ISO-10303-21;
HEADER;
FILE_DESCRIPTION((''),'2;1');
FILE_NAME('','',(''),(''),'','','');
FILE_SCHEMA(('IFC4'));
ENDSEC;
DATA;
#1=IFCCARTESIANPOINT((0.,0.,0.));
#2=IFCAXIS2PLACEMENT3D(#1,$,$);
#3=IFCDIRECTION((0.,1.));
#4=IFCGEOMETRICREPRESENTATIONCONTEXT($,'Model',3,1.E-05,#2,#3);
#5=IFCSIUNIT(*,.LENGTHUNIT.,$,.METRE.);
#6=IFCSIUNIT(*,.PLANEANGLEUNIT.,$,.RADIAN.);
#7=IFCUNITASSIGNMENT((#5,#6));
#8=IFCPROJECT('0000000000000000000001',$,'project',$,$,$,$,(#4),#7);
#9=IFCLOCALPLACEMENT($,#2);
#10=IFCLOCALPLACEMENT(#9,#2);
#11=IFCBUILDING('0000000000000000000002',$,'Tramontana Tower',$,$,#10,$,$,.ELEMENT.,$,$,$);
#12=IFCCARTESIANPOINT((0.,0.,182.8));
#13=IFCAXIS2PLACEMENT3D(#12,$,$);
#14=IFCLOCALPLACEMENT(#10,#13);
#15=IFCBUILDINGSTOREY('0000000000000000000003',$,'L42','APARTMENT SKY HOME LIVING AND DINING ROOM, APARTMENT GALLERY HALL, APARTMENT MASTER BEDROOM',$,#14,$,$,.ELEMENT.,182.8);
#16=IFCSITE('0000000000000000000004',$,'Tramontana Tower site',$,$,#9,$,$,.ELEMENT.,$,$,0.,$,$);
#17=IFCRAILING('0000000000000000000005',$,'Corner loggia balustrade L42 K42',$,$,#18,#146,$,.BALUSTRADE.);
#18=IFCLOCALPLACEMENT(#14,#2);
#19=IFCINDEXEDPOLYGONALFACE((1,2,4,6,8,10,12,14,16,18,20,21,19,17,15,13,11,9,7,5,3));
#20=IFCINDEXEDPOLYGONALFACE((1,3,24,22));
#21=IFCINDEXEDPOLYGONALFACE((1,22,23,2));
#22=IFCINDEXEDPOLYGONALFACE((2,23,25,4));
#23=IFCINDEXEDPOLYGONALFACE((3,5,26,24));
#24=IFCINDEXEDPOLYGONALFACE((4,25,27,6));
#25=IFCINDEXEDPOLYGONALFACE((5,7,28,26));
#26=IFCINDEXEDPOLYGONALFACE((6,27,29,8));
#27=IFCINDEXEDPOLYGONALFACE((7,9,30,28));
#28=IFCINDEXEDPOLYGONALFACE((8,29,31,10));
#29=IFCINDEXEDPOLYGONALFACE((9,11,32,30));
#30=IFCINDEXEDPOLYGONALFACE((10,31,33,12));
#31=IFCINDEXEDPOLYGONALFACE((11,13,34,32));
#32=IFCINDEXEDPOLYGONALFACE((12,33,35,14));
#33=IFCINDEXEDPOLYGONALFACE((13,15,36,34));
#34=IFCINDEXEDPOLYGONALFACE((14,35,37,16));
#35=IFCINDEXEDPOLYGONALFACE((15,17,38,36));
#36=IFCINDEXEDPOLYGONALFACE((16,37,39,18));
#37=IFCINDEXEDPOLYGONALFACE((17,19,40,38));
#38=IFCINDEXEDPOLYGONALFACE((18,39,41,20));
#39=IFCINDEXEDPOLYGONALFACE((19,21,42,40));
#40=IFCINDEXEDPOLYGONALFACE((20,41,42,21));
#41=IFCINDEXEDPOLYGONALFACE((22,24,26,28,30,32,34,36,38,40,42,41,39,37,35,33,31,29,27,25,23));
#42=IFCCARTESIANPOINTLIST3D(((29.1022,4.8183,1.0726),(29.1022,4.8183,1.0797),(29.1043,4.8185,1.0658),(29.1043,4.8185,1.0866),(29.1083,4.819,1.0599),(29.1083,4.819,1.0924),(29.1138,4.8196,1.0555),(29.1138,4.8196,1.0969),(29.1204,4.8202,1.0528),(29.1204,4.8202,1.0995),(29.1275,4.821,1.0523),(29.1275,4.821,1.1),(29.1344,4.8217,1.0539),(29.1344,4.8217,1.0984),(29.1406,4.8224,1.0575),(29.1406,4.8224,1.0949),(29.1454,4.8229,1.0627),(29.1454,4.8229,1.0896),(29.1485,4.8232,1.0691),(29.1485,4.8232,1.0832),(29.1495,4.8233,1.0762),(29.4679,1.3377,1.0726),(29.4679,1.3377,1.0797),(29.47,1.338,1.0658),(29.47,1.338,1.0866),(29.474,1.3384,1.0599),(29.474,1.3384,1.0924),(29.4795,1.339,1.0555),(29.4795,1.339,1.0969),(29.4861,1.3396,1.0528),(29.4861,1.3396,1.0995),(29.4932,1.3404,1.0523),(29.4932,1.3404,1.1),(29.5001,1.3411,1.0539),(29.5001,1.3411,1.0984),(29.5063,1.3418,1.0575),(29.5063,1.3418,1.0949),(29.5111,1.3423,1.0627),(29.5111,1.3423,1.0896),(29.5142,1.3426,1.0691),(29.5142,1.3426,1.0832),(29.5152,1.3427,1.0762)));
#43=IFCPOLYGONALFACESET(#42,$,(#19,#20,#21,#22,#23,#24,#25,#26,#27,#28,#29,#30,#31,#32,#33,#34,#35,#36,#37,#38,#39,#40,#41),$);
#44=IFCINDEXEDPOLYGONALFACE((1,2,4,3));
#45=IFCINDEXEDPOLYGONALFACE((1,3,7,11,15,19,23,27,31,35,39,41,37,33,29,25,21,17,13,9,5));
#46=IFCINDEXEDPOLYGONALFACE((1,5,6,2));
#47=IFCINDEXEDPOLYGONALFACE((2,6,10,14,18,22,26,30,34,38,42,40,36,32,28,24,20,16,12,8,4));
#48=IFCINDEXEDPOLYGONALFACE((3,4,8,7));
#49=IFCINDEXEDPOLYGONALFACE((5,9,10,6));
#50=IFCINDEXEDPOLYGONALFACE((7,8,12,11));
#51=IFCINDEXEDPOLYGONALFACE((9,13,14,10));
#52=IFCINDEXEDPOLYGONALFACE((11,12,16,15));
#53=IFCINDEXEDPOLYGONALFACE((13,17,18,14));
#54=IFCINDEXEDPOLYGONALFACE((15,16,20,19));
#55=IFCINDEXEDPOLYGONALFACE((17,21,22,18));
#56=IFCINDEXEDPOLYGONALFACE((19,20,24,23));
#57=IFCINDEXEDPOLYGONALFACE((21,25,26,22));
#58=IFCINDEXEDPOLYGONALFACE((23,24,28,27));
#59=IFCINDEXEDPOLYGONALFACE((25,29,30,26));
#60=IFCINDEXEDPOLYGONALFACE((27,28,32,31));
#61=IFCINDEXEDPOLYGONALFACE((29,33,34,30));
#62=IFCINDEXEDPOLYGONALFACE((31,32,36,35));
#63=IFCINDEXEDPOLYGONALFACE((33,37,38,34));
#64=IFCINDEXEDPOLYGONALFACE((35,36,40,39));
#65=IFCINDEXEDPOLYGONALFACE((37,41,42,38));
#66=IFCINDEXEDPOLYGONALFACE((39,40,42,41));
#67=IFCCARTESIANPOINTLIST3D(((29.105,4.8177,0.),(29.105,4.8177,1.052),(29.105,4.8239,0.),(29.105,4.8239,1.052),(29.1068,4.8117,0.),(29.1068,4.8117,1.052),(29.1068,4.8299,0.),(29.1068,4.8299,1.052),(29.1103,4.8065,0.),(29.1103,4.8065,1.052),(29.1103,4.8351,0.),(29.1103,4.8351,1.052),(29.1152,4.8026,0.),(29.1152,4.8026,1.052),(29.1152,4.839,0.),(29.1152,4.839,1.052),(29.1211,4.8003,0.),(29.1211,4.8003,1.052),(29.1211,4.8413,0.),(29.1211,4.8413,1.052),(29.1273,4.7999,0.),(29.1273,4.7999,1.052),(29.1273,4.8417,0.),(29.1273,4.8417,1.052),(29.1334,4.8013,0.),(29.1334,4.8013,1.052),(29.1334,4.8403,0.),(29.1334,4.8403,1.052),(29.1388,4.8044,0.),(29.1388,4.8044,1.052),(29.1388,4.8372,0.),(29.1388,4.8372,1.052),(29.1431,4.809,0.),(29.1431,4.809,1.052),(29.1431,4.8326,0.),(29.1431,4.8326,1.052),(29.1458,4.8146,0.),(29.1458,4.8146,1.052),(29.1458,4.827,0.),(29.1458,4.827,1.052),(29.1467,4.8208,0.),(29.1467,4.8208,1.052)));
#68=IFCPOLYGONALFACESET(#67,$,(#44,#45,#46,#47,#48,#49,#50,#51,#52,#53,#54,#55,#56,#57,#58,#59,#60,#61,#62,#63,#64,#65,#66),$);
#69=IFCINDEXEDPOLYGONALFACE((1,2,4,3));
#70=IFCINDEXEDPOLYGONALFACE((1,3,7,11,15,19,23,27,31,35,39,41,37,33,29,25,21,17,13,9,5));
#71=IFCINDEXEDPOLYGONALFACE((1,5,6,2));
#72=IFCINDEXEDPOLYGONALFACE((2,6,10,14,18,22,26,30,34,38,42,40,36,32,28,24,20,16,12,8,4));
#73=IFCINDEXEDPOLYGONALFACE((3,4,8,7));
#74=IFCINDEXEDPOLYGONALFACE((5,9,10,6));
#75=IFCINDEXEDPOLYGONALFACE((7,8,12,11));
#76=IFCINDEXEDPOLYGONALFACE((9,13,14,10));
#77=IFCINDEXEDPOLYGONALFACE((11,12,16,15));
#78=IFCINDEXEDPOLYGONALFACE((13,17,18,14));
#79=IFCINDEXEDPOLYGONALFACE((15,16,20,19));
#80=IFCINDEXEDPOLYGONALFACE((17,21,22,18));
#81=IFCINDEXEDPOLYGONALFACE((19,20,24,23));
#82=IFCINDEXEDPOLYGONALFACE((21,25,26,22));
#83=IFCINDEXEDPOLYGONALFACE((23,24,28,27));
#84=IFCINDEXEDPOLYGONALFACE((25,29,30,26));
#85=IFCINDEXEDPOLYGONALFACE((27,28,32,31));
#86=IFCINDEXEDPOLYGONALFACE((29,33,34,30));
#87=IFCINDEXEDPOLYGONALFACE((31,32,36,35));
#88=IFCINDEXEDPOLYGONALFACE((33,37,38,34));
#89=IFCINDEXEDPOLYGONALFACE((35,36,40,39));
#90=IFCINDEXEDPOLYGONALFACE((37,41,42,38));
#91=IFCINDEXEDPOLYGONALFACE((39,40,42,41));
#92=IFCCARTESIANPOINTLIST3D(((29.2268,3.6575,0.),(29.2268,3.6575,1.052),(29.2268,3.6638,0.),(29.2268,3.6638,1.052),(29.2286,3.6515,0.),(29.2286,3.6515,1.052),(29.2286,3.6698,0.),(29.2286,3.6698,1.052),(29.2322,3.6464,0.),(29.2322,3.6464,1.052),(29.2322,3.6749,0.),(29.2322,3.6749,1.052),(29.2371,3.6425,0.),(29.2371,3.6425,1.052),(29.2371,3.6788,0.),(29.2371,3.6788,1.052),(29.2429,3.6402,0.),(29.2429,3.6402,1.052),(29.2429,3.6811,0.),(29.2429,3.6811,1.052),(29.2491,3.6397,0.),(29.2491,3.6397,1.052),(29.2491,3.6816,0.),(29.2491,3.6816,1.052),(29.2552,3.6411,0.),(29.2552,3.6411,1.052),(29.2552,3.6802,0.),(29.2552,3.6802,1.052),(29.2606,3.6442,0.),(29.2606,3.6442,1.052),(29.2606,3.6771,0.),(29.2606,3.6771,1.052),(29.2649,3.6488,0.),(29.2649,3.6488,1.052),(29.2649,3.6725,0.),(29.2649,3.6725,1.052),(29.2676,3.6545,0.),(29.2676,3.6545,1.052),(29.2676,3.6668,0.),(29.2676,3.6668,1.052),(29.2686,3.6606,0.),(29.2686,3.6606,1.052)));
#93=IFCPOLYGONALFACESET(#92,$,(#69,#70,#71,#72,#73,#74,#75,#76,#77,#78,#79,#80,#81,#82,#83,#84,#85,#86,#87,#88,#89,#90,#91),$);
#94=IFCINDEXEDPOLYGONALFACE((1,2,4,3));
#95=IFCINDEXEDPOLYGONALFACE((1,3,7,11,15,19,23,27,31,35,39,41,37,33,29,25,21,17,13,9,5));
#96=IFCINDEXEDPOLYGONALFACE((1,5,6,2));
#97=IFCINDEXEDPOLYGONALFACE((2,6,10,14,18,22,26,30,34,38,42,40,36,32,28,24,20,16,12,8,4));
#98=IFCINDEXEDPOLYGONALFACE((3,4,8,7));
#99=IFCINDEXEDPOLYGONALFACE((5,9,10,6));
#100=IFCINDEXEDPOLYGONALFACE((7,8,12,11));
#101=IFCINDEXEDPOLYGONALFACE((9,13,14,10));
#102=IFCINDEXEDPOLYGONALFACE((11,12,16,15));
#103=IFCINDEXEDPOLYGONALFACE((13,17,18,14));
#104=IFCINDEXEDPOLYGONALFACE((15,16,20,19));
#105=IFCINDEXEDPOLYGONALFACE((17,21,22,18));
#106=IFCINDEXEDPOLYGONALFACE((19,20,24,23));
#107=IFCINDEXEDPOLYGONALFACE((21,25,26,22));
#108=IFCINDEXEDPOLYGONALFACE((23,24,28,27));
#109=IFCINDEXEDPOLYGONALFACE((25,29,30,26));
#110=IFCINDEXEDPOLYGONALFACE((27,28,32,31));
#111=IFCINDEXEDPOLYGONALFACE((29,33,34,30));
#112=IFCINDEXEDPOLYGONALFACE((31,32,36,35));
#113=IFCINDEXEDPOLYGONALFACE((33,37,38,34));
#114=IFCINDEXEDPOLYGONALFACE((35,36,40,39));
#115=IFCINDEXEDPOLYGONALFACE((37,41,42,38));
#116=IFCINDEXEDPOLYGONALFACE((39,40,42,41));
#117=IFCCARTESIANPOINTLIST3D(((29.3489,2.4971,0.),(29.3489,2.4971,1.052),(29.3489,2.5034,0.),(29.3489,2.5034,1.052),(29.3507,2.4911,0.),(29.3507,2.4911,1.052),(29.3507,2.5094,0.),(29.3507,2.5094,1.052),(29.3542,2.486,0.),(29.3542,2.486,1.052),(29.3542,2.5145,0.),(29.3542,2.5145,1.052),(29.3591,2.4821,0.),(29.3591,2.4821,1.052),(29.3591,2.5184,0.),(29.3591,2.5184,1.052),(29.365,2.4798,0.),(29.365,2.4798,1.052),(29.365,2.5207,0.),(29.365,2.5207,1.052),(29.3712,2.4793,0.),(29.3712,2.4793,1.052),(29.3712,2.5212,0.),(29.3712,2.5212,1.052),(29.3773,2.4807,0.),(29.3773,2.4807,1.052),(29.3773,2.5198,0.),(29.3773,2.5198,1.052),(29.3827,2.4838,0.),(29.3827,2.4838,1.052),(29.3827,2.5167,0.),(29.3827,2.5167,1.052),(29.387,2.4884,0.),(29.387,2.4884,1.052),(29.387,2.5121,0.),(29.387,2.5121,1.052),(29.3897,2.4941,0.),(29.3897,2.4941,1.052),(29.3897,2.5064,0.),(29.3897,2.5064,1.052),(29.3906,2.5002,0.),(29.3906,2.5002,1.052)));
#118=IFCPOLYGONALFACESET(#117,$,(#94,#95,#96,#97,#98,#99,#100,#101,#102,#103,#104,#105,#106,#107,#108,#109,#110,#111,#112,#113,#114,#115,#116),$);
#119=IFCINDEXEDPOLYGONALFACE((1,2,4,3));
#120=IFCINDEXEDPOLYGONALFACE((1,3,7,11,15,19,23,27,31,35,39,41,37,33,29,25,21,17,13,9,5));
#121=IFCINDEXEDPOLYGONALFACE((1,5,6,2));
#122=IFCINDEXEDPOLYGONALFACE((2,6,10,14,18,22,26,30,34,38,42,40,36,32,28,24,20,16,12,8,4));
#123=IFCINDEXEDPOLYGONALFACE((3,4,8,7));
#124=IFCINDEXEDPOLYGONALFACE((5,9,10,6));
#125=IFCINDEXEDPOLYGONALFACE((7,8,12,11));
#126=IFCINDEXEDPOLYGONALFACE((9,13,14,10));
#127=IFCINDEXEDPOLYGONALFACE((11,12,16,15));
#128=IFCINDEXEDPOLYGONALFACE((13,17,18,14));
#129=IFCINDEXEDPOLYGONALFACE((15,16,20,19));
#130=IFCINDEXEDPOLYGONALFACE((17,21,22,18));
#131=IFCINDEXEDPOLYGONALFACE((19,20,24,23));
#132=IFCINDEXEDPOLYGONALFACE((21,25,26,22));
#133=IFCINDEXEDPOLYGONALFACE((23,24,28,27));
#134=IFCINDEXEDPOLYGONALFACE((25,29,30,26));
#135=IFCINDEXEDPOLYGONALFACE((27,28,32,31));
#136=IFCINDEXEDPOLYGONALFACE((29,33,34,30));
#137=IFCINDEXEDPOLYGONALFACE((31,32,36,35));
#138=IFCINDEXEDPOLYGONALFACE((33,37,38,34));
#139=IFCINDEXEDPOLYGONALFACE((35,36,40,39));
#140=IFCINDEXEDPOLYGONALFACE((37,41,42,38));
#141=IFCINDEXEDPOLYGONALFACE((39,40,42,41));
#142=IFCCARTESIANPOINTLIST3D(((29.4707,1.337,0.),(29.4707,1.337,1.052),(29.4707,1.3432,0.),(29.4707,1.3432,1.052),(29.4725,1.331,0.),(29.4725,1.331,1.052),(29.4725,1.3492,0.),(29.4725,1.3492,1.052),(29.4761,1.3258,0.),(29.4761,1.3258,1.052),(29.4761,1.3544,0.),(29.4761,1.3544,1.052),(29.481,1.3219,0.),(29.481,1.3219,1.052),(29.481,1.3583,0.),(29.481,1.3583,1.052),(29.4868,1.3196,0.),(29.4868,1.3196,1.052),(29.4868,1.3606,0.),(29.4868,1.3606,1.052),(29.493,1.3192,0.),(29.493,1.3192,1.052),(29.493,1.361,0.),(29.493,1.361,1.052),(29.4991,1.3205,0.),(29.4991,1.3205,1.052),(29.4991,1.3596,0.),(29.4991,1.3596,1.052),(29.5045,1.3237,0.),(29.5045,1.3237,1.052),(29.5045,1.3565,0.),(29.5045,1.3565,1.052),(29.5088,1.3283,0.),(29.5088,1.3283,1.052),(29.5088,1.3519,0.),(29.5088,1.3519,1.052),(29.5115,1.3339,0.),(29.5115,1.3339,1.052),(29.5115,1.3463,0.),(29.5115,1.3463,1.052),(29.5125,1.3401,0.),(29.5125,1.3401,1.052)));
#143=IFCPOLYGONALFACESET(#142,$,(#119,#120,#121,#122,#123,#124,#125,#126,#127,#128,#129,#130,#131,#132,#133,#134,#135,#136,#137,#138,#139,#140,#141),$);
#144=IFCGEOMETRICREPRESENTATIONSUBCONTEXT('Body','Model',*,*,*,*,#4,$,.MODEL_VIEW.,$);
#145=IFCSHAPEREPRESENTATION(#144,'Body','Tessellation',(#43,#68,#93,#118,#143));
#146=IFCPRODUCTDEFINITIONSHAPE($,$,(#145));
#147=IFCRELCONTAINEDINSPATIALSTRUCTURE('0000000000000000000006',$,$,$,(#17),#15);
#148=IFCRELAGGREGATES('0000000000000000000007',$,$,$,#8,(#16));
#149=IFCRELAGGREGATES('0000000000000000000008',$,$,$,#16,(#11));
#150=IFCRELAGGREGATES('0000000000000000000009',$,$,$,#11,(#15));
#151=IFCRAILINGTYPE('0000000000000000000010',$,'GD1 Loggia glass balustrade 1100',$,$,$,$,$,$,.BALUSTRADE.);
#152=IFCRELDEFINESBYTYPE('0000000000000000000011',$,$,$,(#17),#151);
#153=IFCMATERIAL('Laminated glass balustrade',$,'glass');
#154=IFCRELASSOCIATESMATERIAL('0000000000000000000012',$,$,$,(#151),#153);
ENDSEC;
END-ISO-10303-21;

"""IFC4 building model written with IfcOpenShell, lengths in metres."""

from ifc_helpers import new_model, si_unit, direction, frame, origin, origin_2d, place, context, subcontext, project, spatial, circle, extrude, material, type_object, element, save


model = new_model("IFC4")

# Units and contexts
model_context = context("Model", 3, precision=1e-05, world=origin(), true_north=direction((0.0, 1.0)))
body_context = subcontext(model_context, "Body", "Model", "MODEL_VIEW")
ifc_project = project(units=[si_unit("LENGTHUNIT", "METRE"), si_unit("PLANEANGLEUNIT", "RADIAN")], contexts=[model_context])

# Site, building, storey
site_placement = place(None, origin())
site = spatial("IfcSite", under=ifc_project, at=site_placement, Name="Tramontana Tower site", CompositionType="ELEMENT", RefElevation=0.0)
building_placement = place(site_placement, origin())
building = spatial("IfcBuilding", under=site, at=building_placement, Name="Tramontana Tower", CompositionType="ELEMENT")
storey_placement = place(building_placement, frame((0.0, 0.0, 182.8)))
storey = spatial("IfcBuildingStorey", under=building, at=storey_placement, Name="L42", Description="APARTMENT SKY HOME LIVING AND DINING ROOM, APARTMENT GALLERY HALL, APARTMENT MASTER BEDROOM", CompositionType="ELEMENT", Elevation=182.8)

# Railing
ifc_material_1 = material(Name="Laminated glass balustrade", Category="glass")
railing_type = type_object("IfcRailingType", Name="GD1 Loggia glass balustrade 1100", PredefinedType="BALUSTRADE", material=ifc_material_1)
railing_1_placement = place(storey_placement, frame((29.1257, 4.8208, 0.0)))
element("IfcRailing", 1, at=railing_1_placement, inside=storey, type_object=railing_type, Name="Corner loggia balustrade L42 K42", PredefinedType="BALUSTRADE", context=body_context, shape_type="SweptSolid", body=[
    extrude(circle(Radius=0.0239, at=origin_2d()), frame((0.0, 0.0, 1.0762), z_axis=(0.104496, -0.994525, 0.0), x_axis=(0.994525, 0.104496, 0.0)), (0.0, 0.0, 1.0), 3.4998),
    extrude(circle(Radius=0.021, at=origin_2d()), origin(), (0.0, 0.0, 1.0), 1.052),
    extrude(circle(Radius=0.021, at=origin_2d()), frame((0.1218, -1.1602, 0.0)), (0.0, 0.0, 1.0), 1.052),
    extrude(circle(Radius=0.021, at=origin_2d()), frame((0.2439, -2.3206, 0.0)), (0.0, 0.0, 1.0), 1.052),
    extrude(circle(Radius=0.021, at=origin_2d()), frame((0.3657, -3.4807, 0.0)), (0.0, 0.0, 1.0), 1.052),
])

save(model, "model.ifc")
